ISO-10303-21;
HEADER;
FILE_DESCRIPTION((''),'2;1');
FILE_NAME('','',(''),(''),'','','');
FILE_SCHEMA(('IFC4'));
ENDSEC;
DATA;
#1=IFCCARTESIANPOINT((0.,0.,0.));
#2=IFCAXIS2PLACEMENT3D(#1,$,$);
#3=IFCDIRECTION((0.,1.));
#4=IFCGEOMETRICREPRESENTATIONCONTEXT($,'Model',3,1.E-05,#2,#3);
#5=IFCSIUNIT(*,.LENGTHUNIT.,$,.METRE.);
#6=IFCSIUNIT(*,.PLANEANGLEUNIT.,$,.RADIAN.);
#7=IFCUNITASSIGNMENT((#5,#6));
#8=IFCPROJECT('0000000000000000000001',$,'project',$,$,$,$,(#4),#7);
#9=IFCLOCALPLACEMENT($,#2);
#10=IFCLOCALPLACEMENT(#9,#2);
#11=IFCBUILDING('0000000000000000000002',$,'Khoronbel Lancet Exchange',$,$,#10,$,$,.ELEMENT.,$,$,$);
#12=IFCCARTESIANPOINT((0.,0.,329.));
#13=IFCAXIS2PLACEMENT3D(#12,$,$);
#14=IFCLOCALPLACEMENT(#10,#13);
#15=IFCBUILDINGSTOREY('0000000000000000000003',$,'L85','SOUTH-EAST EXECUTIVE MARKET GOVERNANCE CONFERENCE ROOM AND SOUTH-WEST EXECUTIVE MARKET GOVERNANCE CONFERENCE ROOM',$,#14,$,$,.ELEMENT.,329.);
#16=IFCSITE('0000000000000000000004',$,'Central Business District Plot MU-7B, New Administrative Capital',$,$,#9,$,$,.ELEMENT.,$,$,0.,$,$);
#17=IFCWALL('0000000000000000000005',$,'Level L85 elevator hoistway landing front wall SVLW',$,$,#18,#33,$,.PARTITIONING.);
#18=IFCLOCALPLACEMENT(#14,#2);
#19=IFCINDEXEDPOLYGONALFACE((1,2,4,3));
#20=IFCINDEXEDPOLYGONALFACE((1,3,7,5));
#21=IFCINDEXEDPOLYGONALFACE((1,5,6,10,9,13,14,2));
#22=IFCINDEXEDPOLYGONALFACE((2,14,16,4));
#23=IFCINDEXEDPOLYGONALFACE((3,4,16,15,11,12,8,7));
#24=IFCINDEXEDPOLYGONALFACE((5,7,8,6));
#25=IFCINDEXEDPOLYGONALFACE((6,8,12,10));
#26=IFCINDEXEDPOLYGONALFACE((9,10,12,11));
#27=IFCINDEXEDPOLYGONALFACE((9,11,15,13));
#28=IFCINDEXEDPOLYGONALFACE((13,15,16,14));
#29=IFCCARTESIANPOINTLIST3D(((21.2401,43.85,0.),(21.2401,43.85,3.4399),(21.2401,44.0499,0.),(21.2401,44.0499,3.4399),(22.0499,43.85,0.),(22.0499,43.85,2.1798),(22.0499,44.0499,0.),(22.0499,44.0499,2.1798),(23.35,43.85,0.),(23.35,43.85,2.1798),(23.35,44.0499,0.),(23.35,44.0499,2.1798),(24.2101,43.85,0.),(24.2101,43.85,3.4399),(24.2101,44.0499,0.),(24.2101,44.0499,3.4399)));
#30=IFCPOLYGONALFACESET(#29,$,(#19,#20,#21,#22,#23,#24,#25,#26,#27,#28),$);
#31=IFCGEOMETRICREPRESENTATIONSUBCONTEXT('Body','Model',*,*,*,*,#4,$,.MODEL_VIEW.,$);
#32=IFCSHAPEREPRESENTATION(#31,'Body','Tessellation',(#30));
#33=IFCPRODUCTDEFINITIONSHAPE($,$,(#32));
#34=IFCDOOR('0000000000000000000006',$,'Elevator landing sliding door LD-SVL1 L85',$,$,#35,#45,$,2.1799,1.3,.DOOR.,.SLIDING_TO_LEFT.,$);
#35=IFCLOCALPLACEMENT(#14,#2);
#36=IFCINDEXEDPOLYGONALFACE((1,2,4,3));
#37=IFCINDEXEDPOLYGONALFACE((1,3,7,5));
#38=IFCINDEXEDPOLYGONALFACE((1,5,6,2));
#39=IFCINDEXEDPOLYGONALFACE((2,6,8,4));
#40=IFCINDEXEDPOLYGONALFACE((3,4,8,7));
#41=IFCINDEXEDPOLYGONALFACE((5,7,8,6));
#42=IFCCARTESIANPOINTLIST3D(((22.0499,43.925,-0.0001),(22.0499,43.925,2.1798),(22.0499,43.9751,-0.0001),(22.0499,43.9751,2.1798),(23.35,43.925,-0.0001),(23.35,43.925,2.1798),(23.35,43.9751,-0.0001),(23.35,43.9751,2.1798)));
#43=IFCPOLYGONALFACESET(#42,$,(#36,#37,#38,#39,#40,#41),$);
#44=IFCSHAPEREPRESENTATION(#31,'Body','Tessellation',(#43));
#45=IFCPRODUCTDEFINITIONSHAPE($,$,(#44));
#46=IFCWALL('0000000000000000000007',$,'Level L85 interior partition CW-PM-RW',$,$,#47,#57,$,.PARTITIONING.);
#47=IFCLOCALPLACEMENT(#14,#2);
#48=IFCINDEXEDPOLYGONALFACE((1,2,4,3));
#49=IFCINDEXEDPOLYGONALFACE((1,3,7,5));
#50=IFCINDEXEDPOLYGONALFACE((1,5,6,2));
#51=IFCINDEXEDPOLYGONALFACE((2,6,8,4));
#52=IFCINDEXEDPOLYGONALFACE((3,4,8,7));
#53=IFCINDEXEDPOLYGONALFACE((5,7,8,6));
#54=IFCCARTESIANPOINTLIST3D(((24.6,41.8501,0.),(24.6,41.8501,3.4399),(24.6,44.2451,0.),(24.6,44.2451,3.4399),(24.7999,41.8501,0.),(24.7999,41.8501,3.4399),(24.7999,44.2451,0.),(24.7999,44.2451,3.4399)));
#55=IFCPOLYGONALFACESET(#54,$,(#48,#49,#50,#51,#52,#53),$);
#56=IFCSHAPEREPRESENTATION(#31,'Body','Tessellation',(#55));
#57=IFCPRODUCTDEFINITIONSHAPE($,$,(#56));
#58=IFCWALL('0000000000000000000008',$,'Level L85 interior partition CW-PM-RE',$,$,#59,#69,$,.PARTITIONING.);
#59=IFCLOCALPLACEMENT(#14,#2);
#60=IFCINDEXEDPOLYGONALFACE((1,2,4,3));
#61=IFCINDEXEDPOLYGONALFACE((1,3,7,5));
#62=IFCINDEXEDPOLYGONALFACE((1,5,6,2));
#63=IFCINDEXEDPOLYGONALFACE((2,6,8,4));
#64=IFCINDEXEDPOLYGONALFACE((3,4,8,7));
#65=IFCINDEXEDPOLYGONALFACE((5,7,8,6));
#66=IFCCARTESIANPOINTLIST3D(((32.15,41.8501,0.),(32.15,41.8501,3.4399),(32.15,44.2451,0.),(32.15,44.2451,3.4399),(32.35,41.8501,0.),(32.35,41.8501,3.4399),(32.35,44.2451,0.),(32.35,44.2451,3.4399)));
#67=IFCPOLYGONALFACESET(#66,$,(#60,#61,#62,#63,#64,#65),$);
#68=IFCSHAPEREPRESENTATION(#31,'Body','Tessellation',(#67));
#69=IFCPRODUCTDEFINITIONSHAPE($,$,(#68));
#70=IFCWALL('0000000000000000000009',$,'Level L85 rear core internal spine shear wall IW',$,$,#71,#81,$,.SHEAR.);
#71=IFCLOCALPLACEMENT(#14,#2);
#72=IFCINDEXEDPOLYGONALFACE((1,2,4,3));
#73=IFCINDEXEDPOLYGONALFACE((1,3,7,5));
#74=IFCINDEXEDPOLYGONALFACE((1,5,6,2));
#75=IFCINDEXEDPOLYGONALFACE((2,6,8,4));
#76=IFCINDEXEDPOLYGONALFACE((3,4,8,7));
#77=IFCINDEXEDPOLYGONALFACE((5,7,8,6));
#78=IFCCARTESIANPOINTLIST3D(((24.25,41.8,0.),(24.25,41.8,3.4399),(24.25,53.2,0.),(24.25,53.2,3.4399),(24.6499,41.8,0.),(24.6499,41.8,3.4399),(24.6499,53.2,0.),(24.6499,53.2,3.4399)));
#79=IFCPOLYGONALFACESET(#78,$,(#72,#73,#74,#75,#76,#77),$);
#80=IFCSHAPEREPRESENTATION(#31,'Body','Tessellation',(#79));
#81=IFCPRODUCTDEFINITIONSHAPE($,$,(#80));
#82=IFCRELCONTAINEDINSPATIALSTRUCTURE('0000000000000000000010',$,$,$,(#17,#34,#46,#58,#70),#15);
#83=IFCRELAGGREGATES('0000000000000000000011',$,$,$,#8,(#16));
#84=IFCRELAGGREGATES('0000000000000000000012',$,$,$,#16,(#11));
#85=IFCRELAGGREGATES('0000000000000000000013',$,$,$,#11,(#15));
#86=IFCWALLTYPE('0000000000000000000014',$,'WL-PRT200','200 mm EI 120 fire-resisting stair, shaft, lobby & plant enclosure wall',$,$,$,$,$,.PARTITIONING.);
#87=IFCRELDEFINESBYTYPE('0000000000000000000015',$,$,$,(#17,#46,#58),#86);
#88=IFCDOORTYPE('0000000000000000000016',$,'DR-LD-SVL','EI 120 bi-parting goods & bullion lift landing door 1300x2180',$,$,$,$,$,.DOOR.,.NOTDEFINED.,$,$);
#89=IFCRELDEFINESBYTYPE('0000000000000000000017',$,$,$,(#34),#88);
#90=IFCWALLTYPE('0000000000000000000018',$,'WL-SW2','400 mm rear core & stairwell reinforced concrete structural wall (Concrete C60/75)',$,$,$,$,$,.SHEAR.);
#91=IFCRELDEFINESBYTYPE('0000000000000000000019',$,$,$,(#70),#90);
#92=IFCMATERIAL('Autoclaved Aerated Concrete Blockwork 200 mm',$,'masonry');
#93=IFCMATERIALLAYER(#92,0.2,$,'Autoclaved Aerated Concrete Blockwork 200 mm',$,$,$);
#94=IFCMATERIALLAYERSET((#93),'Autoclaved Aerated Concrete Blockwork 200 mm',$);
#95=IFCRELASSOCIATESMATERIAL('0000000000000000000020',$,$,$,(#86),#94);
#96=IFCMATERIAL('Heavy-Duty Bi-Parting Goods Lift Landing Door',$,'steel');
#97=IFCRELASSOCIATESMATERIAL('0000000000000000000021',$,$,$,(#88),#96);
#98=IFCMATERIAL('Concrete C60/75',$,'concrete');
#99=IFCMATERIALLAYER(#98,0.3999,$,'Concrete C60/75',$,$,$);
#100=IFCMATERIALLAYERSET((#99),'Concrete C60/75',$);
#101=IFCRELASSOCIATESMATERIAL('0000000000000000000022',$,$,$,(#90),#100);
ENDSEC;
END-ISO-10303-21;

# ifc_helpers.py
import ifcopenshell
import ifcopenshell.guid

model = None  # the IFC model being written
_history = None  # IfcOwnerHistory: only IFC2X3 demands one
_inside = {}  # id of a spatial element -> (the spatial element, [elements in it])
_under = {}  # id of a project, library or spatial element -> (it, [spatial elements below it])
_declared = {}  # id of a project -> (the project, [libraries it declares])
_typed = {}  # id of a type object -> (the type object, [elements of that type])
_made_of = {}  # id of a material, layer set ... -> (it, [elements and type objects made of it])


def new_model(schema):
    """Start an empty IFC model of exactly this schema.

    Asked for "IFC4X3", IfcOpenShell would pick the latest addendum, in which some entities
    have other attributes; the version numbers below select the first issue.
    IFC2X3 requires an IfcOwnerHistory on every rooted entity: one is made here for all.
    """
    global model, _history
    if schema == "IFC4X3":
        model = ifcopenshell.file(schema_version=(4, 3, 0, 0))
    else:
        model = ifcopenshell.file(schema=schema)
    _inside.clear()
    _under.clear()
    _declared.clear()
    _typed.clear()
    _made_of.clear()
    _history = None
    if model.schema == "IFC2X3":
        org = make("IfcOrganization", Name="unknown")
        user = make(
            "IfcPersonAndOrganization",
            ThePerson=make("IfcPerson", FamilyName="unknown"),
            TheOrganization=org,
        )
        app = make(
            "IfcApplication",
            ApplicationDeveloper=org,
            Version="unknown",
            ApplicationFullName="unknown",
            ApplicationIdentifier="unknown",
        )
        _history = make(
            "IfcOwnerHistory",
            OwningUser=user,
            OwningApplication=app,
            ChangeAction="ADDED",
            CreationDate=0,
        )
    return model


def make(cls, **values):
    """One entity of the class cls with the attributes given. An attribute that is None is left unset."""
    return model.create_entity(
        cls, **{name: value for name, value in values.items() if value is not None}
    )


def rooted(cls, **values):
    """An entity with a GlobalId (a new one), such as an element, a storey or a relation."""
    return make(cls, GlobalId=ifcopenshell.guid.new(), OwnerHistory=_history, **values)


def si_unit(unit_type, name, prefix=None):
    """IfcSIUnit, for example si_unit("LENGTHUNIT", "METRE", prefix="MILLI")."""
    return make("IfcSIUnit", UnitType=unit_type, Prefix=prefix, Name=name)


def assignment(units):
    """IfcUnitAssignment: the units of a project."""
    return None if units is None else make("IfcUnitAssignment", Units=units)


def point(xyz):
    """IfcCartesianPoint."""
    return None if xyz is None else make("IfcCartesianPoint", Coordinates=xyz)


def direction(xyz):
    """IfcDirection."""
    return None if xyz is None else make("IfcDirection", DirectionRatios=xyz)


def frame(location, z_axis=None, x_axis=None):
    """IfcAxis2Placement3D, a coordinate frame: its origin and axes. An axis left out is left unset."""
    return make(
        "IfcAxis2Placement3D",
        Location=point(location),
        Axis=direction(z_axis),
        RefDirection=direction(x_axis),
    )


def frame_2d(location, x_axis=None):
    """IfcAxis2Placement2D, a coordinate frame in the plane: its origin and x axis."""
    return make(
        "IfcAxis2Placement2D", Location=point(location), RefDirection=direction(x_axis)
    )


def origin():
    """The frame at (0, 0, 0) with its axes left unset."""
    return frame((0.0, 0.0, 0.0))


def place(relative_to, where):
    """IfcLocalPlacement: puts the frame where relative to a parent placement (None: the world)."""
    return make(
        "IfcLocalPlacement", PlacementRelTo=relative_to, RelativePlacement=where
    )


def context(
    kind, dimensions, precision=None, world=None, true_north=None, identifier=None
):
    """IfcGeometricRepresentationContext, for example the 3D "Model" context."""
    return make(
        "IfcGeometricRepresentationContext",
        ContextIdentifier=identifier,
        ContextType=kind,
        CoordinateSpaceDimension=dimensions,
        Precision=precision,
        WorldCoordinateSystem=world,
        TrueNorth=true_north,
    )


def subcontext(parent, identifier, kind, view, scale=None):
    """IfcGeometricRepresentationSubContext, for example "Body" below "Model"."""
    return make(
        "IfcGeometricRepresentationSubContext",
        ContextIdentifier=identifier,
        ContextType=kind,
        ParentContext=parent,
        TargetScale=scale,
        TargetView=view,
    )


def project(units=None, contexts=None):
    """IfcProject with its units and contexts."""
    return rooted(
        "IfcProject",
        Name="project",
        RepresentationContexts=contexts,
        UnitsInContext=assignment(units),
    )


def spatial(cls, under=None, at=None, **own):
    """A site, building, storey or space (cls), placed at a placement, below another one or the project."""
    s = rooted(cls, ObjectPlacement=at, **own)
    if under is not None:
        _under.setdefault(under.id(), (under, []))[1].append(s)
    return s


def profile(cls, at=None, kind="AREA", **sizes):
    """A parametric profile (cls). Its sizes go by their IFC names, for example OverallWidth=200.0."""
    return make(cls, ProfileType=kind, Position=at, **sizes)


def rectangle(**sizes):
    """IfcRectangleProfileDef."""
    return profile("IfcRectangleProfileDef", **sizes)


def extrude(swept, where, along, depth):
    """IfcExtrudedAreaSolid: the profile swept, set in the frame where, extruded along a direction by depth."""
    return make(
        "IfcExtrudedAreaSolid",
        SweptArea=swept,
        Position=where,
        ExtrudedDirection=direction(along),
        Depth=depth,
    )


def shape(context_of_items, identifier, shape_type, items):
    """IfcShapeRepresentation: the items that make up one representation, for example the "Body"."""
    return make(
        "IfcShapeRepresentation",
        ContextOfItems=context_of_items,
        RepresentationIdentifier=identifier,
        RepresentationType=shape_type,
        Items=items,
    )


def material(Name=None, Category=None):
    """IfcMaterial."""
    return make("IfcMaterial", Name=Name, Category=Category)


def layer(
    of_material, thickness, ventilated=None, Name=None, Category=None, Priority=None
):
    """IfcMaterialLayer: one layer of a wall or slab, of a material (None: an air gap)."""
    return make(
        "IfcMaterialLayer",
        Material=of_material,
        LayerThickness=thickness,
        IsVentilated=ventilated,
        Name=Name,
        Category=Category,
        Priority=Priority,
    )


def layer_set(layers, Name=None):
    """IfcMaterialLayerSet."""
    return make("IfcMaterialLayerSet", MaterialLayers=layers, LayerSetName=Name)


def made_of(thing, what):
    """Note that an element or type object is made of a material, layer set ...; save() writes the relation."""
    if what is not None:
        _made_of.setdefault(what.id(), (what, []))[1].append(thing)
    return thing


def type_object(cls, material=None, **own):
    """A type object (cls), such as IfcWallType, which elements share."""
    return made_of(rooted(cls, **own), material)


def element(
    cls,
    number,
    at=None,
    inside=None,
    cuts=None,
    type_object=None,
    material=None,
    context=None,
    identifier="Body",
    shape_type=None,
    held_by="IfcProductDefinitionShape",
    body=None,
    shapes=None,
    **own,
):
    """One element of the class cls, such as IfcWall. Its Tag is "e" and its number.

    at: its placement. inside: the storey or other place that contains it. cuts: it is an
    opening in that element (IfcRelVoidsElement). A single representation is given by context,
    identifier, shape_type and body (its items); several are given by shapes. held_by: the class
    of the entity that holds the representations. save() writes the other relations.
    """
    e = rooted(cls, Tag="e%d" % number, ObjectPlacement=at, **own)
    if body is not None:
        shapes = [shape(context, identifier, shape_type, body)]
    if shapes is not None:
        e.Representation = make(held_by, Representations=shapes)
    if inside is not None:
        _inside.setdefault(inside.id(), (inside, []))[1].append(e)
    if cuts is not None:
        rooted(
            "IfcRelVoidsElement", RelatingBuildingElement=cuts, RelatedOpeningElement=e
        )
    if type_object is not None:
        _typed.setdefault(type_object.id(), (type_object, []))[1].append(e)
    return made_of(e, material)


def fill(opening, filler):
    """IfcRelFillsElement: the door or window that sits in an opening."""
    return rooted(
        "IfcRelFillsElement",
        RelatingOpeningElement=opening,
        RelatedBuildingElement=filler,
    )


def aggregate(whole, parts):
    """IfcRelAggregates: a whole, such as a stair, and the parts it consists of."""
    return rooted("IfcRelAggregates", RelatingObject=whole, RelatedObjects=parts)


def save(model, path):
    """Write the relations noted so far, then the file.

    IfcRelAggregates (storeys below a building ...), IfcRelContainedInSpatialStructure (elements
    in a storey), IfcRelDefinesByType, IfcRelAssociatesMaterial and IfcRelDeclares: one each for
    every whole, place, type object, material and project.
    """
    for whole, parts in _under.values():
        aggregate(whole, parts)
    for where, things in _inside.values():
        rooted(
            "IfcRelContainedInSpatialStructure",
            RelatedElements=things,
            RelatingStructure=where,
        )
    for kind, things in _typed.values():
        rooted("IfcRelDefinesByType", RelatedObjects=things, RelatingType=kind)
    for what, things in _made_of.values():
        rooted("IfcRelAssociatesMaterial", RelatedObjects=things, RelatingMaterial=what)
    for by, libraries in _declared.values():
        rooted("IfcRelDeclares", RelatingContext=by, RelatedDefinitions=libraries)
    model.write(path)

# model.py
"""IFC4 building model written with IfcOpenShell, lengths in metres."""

from ifc_helpers import new_model, si_unit, direction, frame, frame_2d, origin, place, context, subcontext, project, spatial, rectangle, extrude, material, layer, layer_set, type_object, element, fill, save


model = new_model("IFC4")

# Units and contexts
model_context = context("Model", 3, precision=1e-05, world=origin(), true_north=direction((0.0, 1.0)))
body_context = subcontext(model_context, "Body", "Model", "MODEL_VIEW")
ifc_project = project(units=[si_unit("LENGTHUNIT", "METRE"), si_unit("PLANEANGLEUNIT", "RADIAN")], contexts=[model_context])

# Site, building, storey
site_placement = place(None, origin())
site = spatial("IfcSite", under=ifc_project, at=site_placement, Name="Central Business District Plot MU-7B, New Administrative Capital", CompositionType="ELEMENT", RefElevation=0.0)
building_placement = place(site_placement, origin())
building = spatial("IfcBuilding", under=site, at=building_placement, Name="Khoronbel Lancet Exchange", CompositionType="ELEMENT")
storey_placement = place(building_placement, frame((0.0, 0.0, 329.0)))
storey = spatial("IfcBuildingStorey", under=building, at=storey_placement, Name="L85", Description="SOUTH-EAST EXECUTIVE MARKET GOVERNANCE CONFERENCE ROOM AND SOUTH-WEST EXECUTIVE MARKET GOVERNANCE CONFERENCE ROOM", CompositionType="ELEMENT", Elevation=329.0)

# Shared definitions
ifc_material_1 = material(Name="Concrete C60/75", Category="concrete")

# Wall, opening, door
ifc_material_2 = material(Name="Autoclaved Aerated Concrete Blockwork 200 mm", Category="masonry")
ifc_layer_1 = layer(ifc_material_2, 0.2, Name="Autoclaved Aerated Concrete Blockwork 200 mm")
ifc_layer_set_1 = layer_set([ifc_layer_1], Name="Autoclaved Aerated Concrete Blockwork 200 mm")
wall_type_1 = type_object("IfcWallType", Name="WL-PRT200", Description="200 mm EI 120 fire-resisting stair, shaft, lobby & plant enclosure wall", PredefinedType="PARTITIONING", material=ifc_layer_set_1)
wall_1_placement = place(storey_placement, frame((24.21, 43.95, 0.0), z_axis=(0.0, 0.0, 1.0), x_axis=(-1.0, 0.0, 0.0)))
wall_1 = element("IfcWall", 1, at=wall_1_placement, inside=storey, type_object=wall_type_1, Name="Level L85 elevator hoistway landing front wall SVLW", PredefinedType="PARTITIONING", context=body_context, shape_type="SweptSolid", body=[
    extrude(rectangle(XDim=2.97, YDim=0.2, at=frame_2d((1.4849, 0.0))), origin(), (0.0, 0.0, 1.0), 3.4399),
])
opening_1_placement = place(wall_1_placement, frame((0.8601, 0.0, 0.0)))
opening_1 = element("IfcOpeningElement", 2, at=opening_1_placement, cuts=wall_1, PredefinedType="OPENING", context=body_context, shape_type="SweptSolid", body=[
    extrude(rectangle(XDim=1.3, YDim=2.1799, at=frame_2d((0.6499, 1.0898))), frame((0.0, 0.1099, 0.0), z_axis=(0.0, -1.0, 0.0), x_axis=(1.0, 0.0, 0.0)), (0.0, 0.0, 1.0), 0.22),
])
ifc_material_3 = material(Name="Heavy-Duty Bi-Parting Goods Lift Landing Door", Category="steel")
door_type_1 = type_object("IfcDoorType", Name="DR-LD-SVL", Description="EI 120 bi-parting goods & bullion lift landing door 1300x2180", OperationType="NOTDEFINED", PredefinedType="DOOR", material=ifc_material_3)
door_1_placement = place(opening_1_placement, origin())
door_1 = element("IfcDoor", 3, at=door_1_placement, inside=storey, type_object=door_type_1, Name="Elevator landing sliding door LD-SVL1 L85", OperationType="SLIDING_TO_LEFT", OverallHeight=2.1799, OverallWidth=1.3, PredefinedType="DOOR", context=body_context, shape_type="SweptSolid", body=[
    extrude(rectangle(XDim=1.3, YDim=2.1799, at=frame_2d((0.6499, 1.0898))), frame((0.0, 0.0249, 0.0), z_axis=(0.0, -1.0, 0.0), x_axis=(1.0, 0.0, 0.0)), (0.0, 0.0, 1.0), 0.05),
])
fill(opening_1, door_1)

# Walls
for number, where, z_axis, x_axis, name in (
    (4, (24.7, 41.8501, 0.0), (0.0, 0.0, 1.0), (0.0, 1.0, 0.0), "Level L85 interior partition CW-PM-RW"),
    (5, (32.25, 41.8501, 0.0), (0.0, 0.0, 1.0), (0.0, 1.0, 0.0), "Level L85 interior partition CW-PM-RE"),
):
    element("IfcWall", number, at=place(storey_placement, frame(where, z_axis=z_axis, x_axis=x_axis)), inside=storey, type_object=wall_type_1, Name=name, PredefinedType="PARTITIONING", context=body_context, shape_type="SweptSolid", body=[
        extrude(rectangle(XDim=2.395, YDim=0.2, at=frame_2d((1.1975, 0.0))), origin(), (0.0, 0.0, 1.0), 3.4399),
    ])
ifc_layer_2 = layer(ifc_material_1, 0.3999, Name="Concrete C60/75")
ifc_layer_set_2 = layer_set([ifc_layer_2], Name="Concrete C60/75")
wall_type_2 = type_object("IfcWallType", Name="WL-SW2", Description="400 mm rear core & stairwell reinforced concrete structural wall (Concrete C60/75)", PredefinedType="SHEAR", material=ifc_layer_set_2)
wall_2_placement = place(storey_placement, frame((24.45, 41.8, 0.0), z_axis=(0.0, 0.0, 1.0), x_axis=(0.0, 1.0, 0.0)))
element("IfcWall", 6, at=wall_2_placement, inside=storey, type_object=wall_type_2, Name="Level L85 rear core internal spine shear wall IW", PredefinedType="SHEAR", context=body_context, shape_type="SweptSolid", body=[
    extrude(rectangle(XDim=11.3999, YDim=0.3999, at=frame_2d((5.7, 0.0))), origin(), (0.0, 0.0, 1.0), 3.4399),
])

save(model, "model.ifc")
